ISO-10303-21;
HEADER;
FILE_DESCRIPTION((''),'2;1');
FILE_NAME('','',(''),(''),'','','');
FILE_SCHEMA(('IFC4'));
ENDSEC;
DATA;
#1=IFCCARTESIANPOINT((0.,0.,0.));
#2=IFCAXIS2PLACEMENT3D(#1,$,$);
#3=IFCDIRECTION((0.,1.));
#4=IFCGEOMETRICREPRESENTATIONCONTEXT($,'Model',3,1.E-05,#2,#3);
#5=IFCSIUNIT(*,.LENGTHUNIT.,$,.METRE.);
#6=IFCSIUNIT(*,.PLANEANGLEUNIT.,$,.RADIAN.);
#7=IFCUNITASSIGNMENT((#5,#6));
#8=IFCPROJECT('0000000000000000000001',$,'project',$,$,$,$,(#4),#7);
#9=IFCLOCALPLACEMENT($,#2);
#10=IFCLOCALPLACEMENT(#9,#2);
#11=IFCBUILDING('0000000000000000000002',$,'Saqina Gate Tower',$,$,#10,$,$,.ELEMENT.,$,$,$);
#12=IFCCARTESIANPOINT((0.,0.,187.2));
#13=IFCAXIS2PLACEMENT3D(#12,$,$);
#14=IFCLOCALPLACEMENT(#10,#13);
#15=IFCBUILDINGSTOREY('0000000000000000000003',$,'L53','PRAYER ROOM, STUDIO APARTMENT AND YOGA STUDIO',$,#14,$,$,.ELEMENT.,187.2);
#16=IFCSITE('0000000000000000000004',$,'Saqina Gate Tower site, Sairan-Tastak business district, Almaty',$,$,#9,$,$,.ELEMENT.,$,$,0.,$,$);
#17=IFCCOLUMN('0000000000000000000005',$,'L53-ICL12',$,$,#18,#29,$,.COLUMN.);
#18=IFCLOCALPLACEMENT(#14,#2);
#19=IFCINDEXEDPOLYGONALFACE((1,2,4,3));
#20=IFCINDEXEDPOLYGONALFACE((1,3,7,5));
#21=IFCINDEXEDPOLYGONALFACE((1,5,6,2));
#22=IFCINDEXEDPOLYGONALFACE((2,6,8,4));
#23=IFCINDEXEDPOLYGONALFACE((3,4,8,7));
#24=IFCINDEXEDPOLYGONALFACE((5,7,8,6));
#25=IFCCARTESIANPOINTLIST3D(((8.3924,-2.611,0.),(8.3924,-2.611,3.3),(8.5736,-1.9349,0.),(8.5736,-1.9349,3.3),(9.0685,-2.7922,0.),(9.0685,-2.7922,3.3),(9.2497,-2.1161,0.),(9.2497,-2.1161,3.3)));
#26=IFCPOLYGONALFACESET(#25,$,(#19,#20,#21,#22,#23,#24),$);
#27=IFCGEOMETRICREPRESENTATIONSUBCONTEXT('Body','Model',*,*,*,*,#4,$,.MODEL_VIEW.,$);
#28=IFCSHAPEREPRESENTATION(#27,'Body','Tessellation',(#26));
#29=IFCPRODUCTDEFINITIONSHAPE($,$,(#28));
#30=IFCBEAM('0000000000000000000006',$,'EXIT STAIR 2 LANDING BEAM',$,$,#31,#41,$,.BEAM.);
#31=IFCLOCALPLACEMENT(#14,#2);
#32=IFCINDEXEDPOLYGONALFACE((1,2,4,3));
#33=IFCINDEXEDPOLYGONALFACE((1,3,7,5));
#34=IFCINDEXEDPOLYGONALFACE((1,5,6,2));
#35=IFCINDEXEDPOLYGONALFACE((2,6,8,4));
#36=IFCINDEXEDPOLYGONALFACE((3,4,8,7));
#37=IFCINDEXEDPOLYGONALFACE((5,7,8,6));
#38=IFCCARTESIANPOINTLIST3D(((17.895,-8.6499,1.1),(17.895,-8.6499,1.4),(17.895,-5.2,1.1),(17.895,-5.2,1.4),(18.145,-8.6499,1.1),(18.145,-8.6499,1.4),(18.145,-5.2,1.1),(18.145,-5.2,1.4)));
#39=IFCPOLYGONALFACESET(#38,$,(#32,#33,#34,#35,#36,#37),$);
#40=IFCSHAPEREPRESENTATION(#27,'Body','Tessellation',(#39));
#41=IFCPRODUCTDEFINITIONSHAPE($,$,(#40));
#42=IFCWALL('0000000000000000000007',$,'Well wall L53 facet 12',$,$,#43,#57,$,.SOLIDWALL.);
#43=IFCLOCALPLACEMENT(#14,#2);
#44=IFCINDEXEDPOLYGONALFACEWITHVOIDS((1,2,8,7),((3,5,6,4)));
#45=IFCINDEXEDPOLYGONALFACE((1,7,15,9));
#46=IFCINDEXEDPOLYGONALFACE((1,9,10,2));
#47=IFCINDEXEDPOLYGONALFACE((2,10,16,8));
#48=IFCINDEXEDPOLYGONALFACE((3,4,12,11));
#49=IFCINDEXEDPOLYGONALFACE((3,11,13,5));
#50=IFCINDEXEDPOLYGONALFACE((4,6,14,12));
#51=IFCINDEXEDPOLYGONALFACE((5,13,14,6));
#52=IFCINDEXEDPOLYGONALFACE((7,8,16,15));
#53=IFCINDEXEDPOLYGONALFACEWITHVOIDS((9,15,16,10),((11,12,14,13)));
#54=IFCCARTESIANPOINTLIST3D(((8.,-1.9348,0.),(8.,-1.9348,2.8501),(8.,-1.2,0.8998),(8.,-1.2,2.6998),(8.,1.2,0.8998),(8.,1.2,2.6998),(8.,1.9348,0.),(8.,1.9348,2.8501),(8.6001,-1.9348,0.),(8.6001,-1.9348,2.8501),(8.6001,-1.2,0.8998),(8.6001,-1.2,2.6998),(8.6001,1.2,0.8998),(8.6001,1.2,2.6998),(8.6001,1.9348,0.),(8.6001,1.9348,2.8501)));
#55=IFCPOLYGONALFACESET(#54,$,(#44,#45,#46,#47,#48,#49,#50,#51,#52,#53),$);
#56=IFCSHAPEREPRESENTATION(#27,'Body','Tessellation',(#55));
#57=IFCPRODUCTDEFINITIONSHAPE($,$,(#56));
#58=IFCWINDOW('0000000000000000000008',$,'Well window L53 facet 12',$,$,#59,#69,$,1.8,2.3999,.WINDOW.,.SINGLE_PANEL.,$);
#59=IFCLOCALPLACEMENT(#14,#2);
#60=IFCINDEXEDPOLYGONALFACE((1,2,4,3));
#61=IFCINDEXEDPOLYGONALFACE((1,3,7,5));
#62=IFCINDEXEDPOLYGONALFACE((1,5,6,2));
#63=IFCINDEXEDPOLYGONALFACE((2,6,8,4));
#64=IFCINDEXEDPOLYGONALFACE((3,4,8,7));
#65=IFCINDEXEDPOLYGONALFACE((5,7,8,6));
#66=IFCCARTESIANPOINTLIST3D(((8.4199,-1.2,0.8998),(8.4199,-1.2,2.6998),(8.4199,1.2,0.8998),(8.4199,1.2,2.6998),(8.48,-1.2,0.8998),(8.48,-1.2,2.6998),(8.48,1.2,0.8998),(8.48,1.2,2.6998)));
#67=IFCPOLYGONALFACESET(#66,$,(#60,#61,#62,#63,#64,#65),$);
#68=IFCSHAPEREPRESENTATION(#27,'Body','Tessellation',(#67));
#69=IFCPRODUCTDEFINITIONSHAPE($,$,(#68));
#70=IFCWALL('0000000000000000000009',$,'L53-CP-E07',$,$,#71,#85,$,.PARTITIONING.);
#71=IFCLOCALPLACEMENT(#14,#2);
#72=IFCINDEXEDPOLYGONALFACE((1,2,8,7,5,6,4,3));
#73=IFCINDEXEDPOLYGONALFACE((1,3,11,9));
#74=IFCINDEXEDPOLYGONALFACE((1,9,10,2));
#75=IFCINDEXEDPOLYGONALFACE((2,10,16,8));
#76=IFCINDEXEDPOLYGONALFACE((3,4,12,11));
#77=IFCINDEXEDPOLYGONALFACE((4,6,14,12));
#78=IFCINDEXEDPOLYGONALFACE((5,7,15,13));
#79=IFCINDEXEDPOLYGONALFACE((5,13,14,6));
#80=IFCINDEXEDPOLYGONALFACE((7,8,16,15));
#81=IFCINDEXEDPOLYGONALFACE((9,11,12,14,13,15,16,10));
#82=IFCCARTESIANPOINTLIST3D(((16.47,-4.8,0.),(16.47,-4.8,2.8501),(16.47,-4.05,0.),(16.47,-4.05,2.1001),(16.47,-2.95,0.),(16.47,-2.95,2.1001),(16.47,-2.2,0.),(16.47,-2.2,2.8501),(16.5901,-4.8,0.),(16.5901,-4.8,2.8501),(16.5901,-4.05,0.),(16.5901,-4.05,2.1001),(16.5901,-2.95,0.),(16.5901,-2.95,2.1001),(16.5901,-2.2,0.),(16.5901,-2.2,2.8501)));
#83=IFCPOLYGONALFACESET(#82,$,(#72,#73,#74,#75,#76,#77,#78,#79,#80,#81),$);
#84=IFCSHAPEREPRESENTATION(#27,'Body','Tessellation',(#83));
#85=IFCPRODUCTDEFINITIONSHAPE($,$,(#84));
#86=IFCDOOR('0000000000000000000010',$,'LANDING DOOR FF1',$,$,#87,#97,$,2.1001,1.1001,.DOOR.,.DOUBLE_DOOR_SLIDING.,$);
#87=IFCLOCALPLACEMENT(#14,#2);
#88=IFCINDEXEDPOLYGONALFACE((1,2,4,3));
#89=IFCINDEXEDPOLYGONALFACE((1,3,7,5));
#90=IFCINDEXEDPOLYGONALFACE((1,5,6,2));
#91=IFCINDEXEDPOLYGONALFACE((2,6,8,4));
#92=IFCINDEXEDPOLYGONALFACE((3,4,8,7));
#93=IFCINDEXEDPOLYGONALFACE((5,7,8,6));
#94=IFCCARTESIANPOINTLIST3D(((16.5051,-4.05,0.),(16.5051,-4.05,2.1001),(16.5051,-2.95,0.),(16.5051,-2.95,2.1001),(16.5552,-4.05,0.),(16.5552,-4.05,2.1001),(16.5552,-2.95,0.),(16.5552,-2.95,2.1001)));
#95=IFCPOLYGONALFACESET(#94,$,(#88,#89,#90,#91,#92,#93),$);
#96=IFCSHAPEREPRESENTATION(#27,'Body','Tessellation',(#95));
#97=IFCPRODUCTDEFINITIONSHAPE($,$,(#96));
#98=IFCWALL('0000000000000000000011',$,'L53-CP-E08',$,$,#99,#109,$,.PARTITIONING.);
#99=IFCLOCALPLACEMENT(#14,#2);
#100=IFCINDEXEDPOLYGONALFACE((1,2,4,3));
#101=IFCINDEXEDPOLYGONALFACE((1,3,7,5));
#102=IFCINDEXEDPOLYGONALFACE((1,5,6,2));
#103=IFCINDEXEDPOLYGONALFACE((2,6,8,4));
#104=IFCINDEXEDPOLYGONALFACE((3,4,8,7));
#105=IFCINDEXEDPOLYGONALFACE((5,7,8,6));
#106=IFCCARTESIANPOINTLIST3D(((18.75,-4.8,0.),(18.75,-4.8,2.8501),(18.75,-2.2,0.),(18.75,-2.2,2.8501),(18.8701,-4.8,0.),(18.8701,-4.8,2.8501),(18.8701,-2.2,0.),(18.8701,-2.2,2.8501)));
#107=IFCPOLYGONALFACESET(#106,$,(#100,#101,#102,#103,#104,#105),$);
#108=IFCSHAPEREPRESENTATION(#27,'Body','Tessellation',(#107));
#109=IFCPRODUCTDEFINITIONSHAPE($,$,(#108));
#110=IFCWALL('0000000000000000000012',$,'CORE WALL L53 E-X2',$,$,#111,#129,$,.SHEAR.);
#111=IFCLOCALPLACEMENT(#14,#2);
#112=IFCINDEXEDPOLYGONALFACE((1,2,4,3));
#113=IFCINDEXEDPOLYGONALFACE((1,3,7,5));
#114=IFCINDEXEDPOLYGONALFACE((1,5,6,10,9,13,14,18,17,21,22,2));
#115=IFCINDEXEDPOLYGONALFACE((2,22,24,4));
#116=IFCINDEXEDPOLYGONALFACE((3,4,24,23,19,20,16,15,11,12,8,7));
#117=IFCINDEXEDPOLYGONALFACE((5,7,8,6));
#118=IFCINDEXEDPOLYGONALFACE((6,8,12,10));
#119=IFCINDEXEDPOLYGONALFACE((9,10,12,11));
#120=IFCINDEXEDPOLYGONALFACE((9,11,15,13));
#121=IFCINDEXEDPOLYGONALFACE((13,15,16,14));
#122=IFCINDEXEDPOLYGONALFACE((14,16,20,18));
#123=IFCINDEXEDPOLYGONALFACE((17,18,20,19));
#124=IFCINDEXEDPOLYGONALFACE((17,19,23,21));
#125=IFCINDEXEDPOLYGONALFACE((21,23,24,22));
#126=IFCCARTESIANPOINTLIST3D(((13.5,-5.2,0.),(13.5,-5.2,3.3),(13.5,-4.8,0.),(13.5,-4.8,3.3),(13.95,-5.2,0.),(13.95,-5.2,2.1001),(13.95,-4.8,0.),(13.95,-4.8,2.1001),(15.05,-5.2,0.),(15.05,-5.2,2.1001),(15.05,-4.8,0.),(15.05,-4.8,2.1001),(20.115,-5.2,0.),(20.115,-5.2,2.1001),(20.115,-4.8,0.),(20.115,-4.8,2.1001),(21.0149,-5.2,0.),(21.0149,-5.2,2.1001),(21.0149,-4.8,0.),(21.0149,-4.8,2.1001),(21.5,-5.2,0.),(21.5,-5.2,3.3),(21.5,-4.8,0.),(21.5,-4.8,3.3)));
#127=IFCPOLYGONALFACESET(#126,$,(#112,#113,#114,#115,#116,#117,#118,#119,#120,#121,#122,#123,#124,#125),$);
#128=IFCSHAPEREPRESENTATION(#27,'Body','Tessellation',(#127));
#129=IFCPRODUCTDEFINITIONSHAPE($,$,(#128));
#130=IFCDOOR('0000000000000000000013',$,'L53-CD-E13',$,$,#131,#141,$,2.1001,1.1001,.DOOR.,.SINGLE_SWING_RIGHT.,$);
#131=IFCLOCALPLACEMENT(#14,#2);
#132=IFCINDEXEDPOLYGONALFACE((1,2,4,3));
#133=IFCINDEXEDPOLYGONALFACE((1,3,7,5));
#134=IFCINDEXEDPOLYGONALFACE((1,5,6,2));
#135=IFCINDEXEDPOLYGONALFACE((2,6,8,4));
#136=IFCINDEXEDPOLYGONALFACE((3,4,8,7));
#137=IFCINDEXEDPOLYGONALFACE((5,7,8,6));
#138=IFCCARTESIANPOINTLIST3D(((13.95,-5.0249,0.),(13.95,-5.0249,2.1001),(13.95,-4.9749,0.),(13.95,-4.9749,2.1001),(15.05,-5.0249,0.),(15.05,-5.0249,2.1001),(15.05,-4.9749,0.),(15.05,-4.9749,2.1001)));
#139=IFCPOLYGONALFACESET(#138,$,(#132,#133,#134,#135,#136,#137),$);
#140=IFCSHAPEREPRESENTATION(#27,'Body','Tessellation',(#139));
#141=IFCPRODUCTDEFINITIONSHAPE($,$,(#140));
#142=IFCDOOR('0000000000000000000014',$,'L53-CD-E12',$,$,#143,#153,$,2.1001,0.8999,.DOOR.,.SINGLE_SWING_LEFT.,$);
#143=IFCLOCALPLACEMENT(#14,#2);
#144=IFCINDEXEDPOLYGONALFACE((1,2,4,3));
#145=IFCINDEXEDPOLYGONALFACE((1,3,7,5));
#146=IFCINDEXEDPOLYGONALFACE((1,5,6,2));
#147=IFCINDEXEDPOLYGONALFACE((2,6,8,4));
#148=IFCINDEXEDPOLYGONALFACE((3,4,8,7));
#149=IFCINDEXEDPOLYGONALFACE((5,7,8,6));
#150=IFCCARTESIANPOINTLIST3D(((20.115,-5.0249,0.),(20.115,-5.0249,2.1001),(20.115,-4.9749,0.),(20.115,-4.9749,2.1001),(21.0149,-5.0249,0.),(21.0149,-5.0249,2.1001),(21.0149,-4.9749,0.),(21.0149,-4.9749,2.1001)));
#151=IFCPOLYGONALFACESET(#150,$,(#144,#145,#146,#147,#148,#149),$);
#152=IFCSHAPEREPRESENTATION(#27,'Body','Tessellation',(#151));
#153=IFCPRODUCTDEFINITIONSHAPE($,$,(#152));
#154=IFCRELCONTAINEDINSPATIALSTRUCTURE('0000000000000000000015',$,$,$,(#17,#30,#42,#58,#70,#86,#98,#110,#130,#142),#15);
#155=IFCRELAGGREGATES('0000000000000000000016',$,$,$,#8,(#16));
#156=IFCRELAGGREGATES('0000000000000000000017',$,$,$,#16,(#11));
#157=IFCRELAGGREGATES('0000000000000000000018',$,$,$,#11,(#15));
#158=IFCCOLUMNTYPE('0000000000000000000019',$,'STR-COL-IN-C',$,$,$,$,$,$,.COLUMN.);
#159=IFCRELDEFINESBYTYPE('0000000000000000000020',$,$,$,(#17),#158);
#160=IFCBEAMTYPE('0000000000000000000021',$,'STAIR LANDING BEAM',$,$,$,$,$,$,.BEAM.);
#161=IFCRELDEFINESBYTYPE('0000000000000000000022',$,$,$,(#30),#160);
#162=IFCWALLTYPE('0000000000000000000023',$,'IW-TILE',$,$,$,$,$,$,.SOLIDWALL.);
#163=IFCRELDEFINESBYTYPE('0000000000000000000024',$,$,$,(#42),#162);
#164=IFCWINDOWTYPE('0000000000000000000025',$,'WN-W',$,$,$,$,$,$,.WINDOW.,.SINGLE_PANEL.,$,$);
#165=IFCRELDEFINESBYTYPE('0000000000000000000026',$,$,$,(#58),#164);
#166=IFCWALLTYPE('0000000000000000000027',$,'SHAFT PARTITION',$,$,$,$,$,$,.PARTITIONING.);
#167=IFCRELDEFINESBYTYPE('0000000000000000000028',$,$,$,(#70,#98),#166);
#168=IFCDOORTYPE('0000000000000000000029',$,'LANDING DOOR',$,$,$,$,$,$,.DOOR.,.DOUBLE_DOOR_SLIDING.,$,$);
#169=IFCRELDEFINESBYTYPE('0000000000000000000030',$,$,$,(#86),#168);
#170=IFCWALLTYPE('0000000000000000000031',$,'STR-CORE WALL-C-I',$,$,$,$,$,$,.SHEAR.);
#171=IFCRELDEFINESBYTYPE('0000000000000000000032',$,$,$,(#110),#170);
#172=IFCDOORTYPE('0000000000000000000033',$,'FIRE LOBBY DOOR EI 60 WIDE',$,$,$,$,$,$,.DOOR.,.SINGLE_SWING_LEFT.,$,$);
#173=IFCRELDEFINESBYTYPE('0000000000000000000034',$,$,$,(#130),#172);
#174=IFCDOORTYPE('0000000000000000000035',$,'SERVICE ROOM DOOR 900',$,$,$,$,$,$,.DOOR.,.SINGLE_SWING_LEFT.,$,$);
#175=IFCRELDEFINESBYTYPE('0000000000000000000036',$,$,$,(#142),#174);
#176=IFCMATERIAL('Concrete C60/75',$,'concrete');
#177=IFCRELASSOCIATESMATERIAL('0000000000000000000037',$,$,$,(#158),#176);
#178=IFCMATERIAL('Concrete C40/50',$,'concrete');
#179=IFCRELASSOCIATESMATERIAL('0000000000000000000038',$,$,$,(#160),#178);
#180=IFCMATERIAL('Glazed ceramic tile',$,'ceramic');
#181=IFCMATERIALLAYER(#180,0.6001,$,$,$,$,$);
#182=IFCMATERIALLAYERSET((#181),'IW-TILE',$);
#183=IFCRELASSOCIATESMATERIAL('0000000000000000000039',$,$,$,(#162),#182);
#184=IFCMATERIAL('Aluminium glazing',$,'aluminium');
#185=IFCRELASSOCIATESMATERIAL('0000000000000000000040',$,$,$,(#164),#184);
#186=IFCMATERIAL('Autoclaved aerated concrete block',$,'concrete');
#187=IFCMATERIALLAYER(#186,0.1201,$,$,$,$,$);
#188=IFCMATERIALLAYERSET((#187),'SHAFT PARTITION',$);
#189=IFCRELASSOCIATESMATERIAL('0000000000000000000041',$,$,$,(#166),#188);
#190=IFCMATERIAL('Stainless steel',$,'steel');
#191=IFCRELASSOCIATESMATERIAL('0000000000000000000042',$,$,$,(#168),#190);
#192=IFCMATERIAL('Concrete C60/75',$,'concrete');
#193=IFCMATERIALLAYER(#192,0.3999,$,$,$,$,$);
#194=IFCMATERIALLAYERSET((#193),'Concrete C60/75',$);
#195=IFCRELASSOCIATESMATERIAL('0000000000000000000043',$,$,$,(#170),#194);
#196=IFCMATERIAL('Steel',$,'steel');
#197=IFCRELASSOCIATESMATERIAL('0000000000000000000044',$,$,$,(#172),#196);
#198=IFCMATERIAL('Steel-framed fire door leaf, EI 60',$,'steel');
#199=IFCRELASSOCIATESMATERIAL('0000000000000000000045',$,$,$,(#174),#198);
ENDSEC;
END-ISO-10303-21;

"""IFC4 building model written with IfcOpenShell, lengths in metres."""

from ifc_helpers import new_model, si_unit, direction, frame, frame_2d, origin, origin_2d, place, context, subcontext, project, spatial, rectangle, extrude, material, layer, layer_set, material_profile, profile_set, type_object, element, fill, save


model = new_model("IFC4")

# Units and contexts
model_context = context("Model", 3, precision=1e-05, world=origin(), true_north=direction((0.0, 1.0)))
body_context = subcontext(model_context, "Body", "Model", "MODEL_VIEW")
ifc_project = project(units=[si_unit("LENGTHUNIT", "METRE"), si_unit("PLANEANGLEUNIT", "RADIAN")], contexts=[model_context])

# Site, building, storey
site_placement = place(None, origin())
site = spatial("IfcSite", under=ifc_project, at=site_placement, Name="Saqina Gate Tower site, Sairan-Tastak business district, Almaty", CompositionType="ELEMENT", RefElevation=0.0)
building_placement = place(site_placement, origin())
building = spatial("IfcBuilding", under=site, at=building_placement, Name="Saqina Gate Tower", CompositionType="ELEMENT")
storey_placement = place(building_placement, frame((0.0, 0.0, 187.2)))
storey = spatial("IfcBuildingStorey", under=building, at=storey_placement, Name="L53", Description="PRAYER ROOM, STUDIO APARTMENT AND YOGA STUDIO", CompositionType="ELEMENT", Elevation=187.2)

# Column
ifc_material_1 = material(Name="Concrete C60/75", Category="concrete")
ifc_material_profile_1 = material_profile(ifc_material_1, rectangle(XDim=0.7, YDim=0.7, at=origin_2d()), Name="RC 700x700")
ifc_profile_set_1 = profile_set([ifc_material_profile_1], Name="Concrete C60/75")
column_type = type_object("IfcColumnType", Name="STR-COL-IN-C", PredefinedType="COLUMN", material=ifc_profile_set_1)
column_placement = place(storey_placement, frame((8.821, -2.3635, 0.0), z_axis=(0.0, 0.0, 1.0), x_axis=(0.965926, -0.258819, 0.0)))
element("IfcColumn", 1, at=column_placement, inside=storey, type_object=column_type, Name="L53-ICL12", PredefinedType="COLUMN", context=body_context, shape_type="SweptSolid", body=[
    extrude(rectangle(XDim=0.7, YDim=0.7, at=origin_2d()), origin(), (0.0, 0.0, 1.0), 3.3),
])

# Beam
ifc_material_2 = material(Name="Concrete C40/50", Category="concrete")
ifc_material_profile_2 = material_profile(ifc_material_2, rectangle(XDim=0.25, YDim=0.3, at=origin_2d()), Name="STAIR LANDING BEAM")
ifc_profile_set_2 = profile_set([ifc_material_profile_2], Name="Concrete C40/50")
beam_type = type_object("IfcBeamType", Name="STAIR LANDING BEAM", PredefinedType="BEAM", material=ifc_profile_set_2)
beam_placement = place(storey_placement, frame((18.02, -8.6499, 1.25), z_axis=(0.0, 1.0, 0.0), x_axis=(-1.0, 0.0, 0.0)))
element("IfcBeam", 2, at=beam_placement, inside=storey, type_object=beam_type, Name="EXIT STAIR 2 LANDING BEAM", PredefinedType="BEAM", context=body_context, shape_type="SweptSolid", body=[
    extrude(rectangle(XDim=0.25, YDim=0.3, at=origin_2d()), origin(), (0.0, 0.0, 1.0), 3.45),
])

# Wall, opening, window
ifc_material_3 = material(Name="Glazed ceramic tile", Category="ceramic")
ifc_layer_1 = layer(ifc_material_3, 0.6001)
ifc_layer_set_1 = layer_set([ifc_layer_1], Name="IW-TILE")
wall_type_1 = type_object("IfcWallType", Name="IW-TILE", PredefinedType="SOLIDWALL", material=ifc_layer_set_1)
wall_1_placement = place(storey_placement, frame((8.3, -1.9348, 0.0), z_axis=(0.0, 0.0, 1.0), x_axis=(0.0, 1.0, 0.0)))
wall_1 = element("IfcWall", 3, at=wall_1_placement, inside=storey, type_object=wall_type_1, Name="Well wall L53 facet 12", PredefinedType="SOLIDWALL", context=body_context, shape_type="SweptSolid", body=[
    extrude(rectangle(XDim=3.8696, YDim=0.6001, at=frame_2d((1.9348, 0.0))), origin(), (0.0, 0.0, 1.0), 2.8501),
])
opening_1_placement = place(wall_1_placement, frame((0.7349, 0.0, 0.8999)))
opening_1 = element("IfcOpeningElement", 4, at=opening_1_placement, cuts=wall_1, PredefinedType="OPENING", context=body_context, shape_type="SweptSolid", body=[
    extrude(rectangle(XDim=2.3999, YDim=1.8, at=frame_2d((1.2, 0.8999))), frame((0.0, 0.312, 0.0), z_axis=(0.0, -1.0, 0.0), x_axis=(1.0, 0.0, 0.0)), (0.0, 0.0, 1.0), 0.624),
])
ifc_material_4 = material(Name="Aluminium glazing", Category="aluminium")
window_type = type_object("IfcWindowType", Name="WN-W", PartitioningType="SINGLE_PANEL", PredefinedType="WINDOW", material=ifc_material_4)
window_placement = place(opening_1_placement, origin())
window = element("IfcWindow", 5, at=window_placement, inside=storey, type_object=window_type, Name="Well window L53 facet 12", OverallHeight=1.8, OverallWidth=2.3999, PartitioningType="SINGLE_PANEL", PredefinedType="WINDOW", context=body_context, shape_type="SweptSolid", body=[
    extrude(rectangle(XDim=2.3999, YDim=1.8, at=frame_2d((1.2, 0.8999))), frame((0.0, -0.1199, 0.0), z_axis=(0.0, -1.0, 0.0), x_axis=(1.0, 0.0, 0.0)), (0.0, 0.0, 1.0), 0.0601),
])
fill(opening_1, window)

# Wall, opening, door
ifc_material_5 = material(Name="Autoclaved aerated concrete block", Category="concrete")
ifc_layer_2 = layer(ifc_material_5, 0.1201)
ifc_layer_set_2 = layer_set([ifc_layer_2], Name="SHAFT PARTITION")
wall_type_2 = type_object("IfcWallType", Name="SHAFT PARTITION", PredefinedType="PARTITIONING", material=ifc_layer_set_2)
wall_2_placement = place(storey_placement, frame((16.53, -4.8, 0.0), z_axis=(0.0, 0.0, 1.0), x_axis=(0.0, 1.0, 0.0)))
wall_2 = element("IfcWall", 6, at=wall_2_placement, inside=storey, type_object=wall_type_2, Name="L53-CP-E07", PredefinedType="PARTITIONING", context=body_context, shape_type="SweptSolid", body=[
    extrude(rectangle(XDim=2.6001, YDim=0.1201, at=frame_2d((1.3, 0.0))), origin(), (0.0, 0.0, 1.0), 2.8501),
])
opening_2_placement = place(wall_2_placement, frame((0.75, 0.0, 0.0)))
opening_2 = element("IfcOpeningElement", 7, at=opening_2_placement, cuts=wall_2, PredefinedType="OPENING", context=body_context, shape_type="SweptSolid", body=[
    extrude(rectangle(XDim=1.1001, YDim=2.1001, at=frame_2d((0.55, 1.05))), frame((0.0, 0.072, 0.0), z_axis=(0.0, -1.0, 0.0), x_axis=(1.0, 0.0, 0.0)), (0.0, 0.0, 1.0), 0.144),
])
ifc_material_6 = material(Name="Stainless steel", Category="steel")
door_type_1 = type_object("IfcDoorType", Name="LANDING DOOR", OperationType="DOUBLE_DOOR_SLIDING", PredefinedType="DOOR", material=ifc_material_6)
door_1_placement = place(opening_2_placement, origin())
door_1 = element("IfcDoor", 8, at=door_1_placement, inside=storey, type_object=door_type_1, Name="LANDING DOOR FF1", OperationType="DOUBLE_DOOR_SLIDING", OverallHeight=2.1001, OverallWidth=1.1001, PredefinedType="DOOR", context=body_context, shape_type="SweptSolid", body=[
    extrude(rectangle(XDim=1.1001, YDim=2.1001, at=frame_2d((0.55, 1.05))), frame((0.0, 0.0249, 0.0), z_axis=(0.0, -1.0, 0.0), x_axis=(1.0, 0.0, 0.0)), (0.0, 0.0, 1.0), 0.05),
])
fill(opening_2, door_1)

# Wall
wall_3_placement = place(storey_placement, frame((18.8101, -4.8, 0.0), z_axis=(0.0, 0.0, 1.0), x_axis=(0.0, 1.0, 0.0)))
element("IfcWall", 9, at=wall_3_placement, inside=storey, type_object=wall_type_2, Name="L53-CP-E08", PredefinedType="PARTITIONING", context=body_context, shape_type="SweptSolid", body=[
    extrude(rectangle(XDim=2.6001, YDim=0.1201, at=frame_2d((1.3, 0.0))), origin(), (0.0, 0.0, 1.0), 2.8501),
])

# Wall, openings, doors
ifc_material_7 = material(Name="Concrete C60/75", Category="concrete")
ifc_layer_3 = layer(ifc_material_7, 0.3999)
ifc_layer_set_3 = layer_set([ifc_layer_3], Name="Concrete C60/75")
wall_type_3 = type_object("IfcWallType", Name="STR-CORE WALL-C-I", PredefinedType="SHEAR", material=ifc_layer_set_3)
wall_4_placement = place(storey_placement, frame((13.5, -5.0, 0.0), z_axis=(0.0, 0.0, 1.0), x_axis=(1.0, 0.0, 0.0)))
wall_4 = element("IfcWall", 10, at=wall_4_placement, inside=storey, type_object=wall_type_3, Name="CORE WALL L53 E-X2", PredefinedType="SHEAR", context=body_context, shape_type="SweptSolid", body=[
    extrude(rectangle(XDim=8.0, YDim=0.3999, at=frame_2d((4.0, 0.0))), origin(), (0.0, 0.0, 1.0), 3.3),
])
opening_3_placement = place(wall_4_placement, frame((6.615, 0.0, 0.0)))
opening_3 = element("IfcOpeningElement", 11, at=opening_3_placement, cuts=wall_4, PredefinedType="OPENING", context=body_context, shape_type="SweptSolid", body=[
    extrude(rectangle(XDim=0.8999, YDim=2.1001, at=frame_2d((0.45, 1.05))), frame((0.0, 0.2119, 0.0), z_axis=(0.0, -1.0, 0.0), x_axis=(1.0, 0.0, 0.0)), (0.0, 0.0, 1.0), 0.4238),
])
opening_4_placement = place(wall_4_placement, frame((0.45, 0.0, 0.0)))
opening_4 = element("IfcOpeningElement", 12, at=opening_4_placement, cuts=wall_4, PredefinedType="OPENING", context=body_context, shape_type="SweptSolid", body=[
    extrude(rectangle(XDim=1.1001, YDim=2.1001, at=frame_2d((0.55, 1.05))), frame((0.0, 0.2119, 0.0), z_axis=(0.0, -1.0, 0.0), x_axis=(1.0, 0.0, 0.0)), (0.0, 0.0, 1.0), 0.4238),
])
ifc_material_8 = material(Name="Steel", Category="steel")
door_type_2 = type_object("IfcDoorType", Name="FIRE LOBBY DOOR EI 60 WIDE", OperationType="SINGLE_SWING_LEFT", PredefinedType="DOOR", material=ifc_material_8)
door_2_placement = place(opening_4_placement, frame((1.1001, 0.0, 0.0), z_axis=(0.0, 0.0, 1.0), x_axis=(-1.0, 0.0, 0.0)))
door_2 = element("IfcDoor", 13, at=door_2_placement, inside=storey, type_object=door_type_2, Name="L53-CD-E13", OperationType="SINGLE_SWING_RIGHT", OverallHeight=2.1001, OverallWidth=1.1001, PredefinedType="DOOR", context=body_context, shape_type="SweptSolid", body=[
    extrude(rectangle(XDim=1.1001, YDim=2.1001, at=frame_2d((0.55, 1.05))), frame((0.0, 0.0249, 0.0), z_axis=(0.0, -1.0, 0.0), x_axis=(1.0, 0.0, 0.0)), (0.0, 0.0, 1.0), 0.05),
])
fill(opening_4, door_2)
ifc_material_9 = material(Name="Steel-framed fire door leaf, EI 60", Category="steel")
door_type_3 = type_object("IfcDoorType", Name="SERVICE ROOM DOOR 900", OperationType="SINGLE_SWING_LEFT", PredefinedType="DOOR", material=ifc_material_9)
door_3_placement = place(opening_3_placement, frame((0.8999, 0.0, 0.0), z_axis=(0.0, 0.0, 1.0), x_axis=(-1.0, 0.0, 0.0)))
door_3 = element("IfcDoor", 14, at=door_3_placement, inside=storey, type_object=door_type_3, Name="L53-CD-E12", OperationType="SINGLE_SWING_LEFT", OverallHeight=2.1001, OverallWidth=0.8999, PredefinedType="DOOR", context=body_context, shape_type="SweptSolid", body=[
    extrude(rectangle(XDim=0.8999, YDim=2.1001, at=frame_2d((0.45, 1.05))), frame((0.0, 0.0249, 0.0), z_axis=(0.0, -1.0, 0.0), x_axis=(1.0, 0.0, 0.0)), (0.0, 0.0, 1.0), 0.05),
])
fill(opening_3, door_3)

save(model, "model.ifc")
